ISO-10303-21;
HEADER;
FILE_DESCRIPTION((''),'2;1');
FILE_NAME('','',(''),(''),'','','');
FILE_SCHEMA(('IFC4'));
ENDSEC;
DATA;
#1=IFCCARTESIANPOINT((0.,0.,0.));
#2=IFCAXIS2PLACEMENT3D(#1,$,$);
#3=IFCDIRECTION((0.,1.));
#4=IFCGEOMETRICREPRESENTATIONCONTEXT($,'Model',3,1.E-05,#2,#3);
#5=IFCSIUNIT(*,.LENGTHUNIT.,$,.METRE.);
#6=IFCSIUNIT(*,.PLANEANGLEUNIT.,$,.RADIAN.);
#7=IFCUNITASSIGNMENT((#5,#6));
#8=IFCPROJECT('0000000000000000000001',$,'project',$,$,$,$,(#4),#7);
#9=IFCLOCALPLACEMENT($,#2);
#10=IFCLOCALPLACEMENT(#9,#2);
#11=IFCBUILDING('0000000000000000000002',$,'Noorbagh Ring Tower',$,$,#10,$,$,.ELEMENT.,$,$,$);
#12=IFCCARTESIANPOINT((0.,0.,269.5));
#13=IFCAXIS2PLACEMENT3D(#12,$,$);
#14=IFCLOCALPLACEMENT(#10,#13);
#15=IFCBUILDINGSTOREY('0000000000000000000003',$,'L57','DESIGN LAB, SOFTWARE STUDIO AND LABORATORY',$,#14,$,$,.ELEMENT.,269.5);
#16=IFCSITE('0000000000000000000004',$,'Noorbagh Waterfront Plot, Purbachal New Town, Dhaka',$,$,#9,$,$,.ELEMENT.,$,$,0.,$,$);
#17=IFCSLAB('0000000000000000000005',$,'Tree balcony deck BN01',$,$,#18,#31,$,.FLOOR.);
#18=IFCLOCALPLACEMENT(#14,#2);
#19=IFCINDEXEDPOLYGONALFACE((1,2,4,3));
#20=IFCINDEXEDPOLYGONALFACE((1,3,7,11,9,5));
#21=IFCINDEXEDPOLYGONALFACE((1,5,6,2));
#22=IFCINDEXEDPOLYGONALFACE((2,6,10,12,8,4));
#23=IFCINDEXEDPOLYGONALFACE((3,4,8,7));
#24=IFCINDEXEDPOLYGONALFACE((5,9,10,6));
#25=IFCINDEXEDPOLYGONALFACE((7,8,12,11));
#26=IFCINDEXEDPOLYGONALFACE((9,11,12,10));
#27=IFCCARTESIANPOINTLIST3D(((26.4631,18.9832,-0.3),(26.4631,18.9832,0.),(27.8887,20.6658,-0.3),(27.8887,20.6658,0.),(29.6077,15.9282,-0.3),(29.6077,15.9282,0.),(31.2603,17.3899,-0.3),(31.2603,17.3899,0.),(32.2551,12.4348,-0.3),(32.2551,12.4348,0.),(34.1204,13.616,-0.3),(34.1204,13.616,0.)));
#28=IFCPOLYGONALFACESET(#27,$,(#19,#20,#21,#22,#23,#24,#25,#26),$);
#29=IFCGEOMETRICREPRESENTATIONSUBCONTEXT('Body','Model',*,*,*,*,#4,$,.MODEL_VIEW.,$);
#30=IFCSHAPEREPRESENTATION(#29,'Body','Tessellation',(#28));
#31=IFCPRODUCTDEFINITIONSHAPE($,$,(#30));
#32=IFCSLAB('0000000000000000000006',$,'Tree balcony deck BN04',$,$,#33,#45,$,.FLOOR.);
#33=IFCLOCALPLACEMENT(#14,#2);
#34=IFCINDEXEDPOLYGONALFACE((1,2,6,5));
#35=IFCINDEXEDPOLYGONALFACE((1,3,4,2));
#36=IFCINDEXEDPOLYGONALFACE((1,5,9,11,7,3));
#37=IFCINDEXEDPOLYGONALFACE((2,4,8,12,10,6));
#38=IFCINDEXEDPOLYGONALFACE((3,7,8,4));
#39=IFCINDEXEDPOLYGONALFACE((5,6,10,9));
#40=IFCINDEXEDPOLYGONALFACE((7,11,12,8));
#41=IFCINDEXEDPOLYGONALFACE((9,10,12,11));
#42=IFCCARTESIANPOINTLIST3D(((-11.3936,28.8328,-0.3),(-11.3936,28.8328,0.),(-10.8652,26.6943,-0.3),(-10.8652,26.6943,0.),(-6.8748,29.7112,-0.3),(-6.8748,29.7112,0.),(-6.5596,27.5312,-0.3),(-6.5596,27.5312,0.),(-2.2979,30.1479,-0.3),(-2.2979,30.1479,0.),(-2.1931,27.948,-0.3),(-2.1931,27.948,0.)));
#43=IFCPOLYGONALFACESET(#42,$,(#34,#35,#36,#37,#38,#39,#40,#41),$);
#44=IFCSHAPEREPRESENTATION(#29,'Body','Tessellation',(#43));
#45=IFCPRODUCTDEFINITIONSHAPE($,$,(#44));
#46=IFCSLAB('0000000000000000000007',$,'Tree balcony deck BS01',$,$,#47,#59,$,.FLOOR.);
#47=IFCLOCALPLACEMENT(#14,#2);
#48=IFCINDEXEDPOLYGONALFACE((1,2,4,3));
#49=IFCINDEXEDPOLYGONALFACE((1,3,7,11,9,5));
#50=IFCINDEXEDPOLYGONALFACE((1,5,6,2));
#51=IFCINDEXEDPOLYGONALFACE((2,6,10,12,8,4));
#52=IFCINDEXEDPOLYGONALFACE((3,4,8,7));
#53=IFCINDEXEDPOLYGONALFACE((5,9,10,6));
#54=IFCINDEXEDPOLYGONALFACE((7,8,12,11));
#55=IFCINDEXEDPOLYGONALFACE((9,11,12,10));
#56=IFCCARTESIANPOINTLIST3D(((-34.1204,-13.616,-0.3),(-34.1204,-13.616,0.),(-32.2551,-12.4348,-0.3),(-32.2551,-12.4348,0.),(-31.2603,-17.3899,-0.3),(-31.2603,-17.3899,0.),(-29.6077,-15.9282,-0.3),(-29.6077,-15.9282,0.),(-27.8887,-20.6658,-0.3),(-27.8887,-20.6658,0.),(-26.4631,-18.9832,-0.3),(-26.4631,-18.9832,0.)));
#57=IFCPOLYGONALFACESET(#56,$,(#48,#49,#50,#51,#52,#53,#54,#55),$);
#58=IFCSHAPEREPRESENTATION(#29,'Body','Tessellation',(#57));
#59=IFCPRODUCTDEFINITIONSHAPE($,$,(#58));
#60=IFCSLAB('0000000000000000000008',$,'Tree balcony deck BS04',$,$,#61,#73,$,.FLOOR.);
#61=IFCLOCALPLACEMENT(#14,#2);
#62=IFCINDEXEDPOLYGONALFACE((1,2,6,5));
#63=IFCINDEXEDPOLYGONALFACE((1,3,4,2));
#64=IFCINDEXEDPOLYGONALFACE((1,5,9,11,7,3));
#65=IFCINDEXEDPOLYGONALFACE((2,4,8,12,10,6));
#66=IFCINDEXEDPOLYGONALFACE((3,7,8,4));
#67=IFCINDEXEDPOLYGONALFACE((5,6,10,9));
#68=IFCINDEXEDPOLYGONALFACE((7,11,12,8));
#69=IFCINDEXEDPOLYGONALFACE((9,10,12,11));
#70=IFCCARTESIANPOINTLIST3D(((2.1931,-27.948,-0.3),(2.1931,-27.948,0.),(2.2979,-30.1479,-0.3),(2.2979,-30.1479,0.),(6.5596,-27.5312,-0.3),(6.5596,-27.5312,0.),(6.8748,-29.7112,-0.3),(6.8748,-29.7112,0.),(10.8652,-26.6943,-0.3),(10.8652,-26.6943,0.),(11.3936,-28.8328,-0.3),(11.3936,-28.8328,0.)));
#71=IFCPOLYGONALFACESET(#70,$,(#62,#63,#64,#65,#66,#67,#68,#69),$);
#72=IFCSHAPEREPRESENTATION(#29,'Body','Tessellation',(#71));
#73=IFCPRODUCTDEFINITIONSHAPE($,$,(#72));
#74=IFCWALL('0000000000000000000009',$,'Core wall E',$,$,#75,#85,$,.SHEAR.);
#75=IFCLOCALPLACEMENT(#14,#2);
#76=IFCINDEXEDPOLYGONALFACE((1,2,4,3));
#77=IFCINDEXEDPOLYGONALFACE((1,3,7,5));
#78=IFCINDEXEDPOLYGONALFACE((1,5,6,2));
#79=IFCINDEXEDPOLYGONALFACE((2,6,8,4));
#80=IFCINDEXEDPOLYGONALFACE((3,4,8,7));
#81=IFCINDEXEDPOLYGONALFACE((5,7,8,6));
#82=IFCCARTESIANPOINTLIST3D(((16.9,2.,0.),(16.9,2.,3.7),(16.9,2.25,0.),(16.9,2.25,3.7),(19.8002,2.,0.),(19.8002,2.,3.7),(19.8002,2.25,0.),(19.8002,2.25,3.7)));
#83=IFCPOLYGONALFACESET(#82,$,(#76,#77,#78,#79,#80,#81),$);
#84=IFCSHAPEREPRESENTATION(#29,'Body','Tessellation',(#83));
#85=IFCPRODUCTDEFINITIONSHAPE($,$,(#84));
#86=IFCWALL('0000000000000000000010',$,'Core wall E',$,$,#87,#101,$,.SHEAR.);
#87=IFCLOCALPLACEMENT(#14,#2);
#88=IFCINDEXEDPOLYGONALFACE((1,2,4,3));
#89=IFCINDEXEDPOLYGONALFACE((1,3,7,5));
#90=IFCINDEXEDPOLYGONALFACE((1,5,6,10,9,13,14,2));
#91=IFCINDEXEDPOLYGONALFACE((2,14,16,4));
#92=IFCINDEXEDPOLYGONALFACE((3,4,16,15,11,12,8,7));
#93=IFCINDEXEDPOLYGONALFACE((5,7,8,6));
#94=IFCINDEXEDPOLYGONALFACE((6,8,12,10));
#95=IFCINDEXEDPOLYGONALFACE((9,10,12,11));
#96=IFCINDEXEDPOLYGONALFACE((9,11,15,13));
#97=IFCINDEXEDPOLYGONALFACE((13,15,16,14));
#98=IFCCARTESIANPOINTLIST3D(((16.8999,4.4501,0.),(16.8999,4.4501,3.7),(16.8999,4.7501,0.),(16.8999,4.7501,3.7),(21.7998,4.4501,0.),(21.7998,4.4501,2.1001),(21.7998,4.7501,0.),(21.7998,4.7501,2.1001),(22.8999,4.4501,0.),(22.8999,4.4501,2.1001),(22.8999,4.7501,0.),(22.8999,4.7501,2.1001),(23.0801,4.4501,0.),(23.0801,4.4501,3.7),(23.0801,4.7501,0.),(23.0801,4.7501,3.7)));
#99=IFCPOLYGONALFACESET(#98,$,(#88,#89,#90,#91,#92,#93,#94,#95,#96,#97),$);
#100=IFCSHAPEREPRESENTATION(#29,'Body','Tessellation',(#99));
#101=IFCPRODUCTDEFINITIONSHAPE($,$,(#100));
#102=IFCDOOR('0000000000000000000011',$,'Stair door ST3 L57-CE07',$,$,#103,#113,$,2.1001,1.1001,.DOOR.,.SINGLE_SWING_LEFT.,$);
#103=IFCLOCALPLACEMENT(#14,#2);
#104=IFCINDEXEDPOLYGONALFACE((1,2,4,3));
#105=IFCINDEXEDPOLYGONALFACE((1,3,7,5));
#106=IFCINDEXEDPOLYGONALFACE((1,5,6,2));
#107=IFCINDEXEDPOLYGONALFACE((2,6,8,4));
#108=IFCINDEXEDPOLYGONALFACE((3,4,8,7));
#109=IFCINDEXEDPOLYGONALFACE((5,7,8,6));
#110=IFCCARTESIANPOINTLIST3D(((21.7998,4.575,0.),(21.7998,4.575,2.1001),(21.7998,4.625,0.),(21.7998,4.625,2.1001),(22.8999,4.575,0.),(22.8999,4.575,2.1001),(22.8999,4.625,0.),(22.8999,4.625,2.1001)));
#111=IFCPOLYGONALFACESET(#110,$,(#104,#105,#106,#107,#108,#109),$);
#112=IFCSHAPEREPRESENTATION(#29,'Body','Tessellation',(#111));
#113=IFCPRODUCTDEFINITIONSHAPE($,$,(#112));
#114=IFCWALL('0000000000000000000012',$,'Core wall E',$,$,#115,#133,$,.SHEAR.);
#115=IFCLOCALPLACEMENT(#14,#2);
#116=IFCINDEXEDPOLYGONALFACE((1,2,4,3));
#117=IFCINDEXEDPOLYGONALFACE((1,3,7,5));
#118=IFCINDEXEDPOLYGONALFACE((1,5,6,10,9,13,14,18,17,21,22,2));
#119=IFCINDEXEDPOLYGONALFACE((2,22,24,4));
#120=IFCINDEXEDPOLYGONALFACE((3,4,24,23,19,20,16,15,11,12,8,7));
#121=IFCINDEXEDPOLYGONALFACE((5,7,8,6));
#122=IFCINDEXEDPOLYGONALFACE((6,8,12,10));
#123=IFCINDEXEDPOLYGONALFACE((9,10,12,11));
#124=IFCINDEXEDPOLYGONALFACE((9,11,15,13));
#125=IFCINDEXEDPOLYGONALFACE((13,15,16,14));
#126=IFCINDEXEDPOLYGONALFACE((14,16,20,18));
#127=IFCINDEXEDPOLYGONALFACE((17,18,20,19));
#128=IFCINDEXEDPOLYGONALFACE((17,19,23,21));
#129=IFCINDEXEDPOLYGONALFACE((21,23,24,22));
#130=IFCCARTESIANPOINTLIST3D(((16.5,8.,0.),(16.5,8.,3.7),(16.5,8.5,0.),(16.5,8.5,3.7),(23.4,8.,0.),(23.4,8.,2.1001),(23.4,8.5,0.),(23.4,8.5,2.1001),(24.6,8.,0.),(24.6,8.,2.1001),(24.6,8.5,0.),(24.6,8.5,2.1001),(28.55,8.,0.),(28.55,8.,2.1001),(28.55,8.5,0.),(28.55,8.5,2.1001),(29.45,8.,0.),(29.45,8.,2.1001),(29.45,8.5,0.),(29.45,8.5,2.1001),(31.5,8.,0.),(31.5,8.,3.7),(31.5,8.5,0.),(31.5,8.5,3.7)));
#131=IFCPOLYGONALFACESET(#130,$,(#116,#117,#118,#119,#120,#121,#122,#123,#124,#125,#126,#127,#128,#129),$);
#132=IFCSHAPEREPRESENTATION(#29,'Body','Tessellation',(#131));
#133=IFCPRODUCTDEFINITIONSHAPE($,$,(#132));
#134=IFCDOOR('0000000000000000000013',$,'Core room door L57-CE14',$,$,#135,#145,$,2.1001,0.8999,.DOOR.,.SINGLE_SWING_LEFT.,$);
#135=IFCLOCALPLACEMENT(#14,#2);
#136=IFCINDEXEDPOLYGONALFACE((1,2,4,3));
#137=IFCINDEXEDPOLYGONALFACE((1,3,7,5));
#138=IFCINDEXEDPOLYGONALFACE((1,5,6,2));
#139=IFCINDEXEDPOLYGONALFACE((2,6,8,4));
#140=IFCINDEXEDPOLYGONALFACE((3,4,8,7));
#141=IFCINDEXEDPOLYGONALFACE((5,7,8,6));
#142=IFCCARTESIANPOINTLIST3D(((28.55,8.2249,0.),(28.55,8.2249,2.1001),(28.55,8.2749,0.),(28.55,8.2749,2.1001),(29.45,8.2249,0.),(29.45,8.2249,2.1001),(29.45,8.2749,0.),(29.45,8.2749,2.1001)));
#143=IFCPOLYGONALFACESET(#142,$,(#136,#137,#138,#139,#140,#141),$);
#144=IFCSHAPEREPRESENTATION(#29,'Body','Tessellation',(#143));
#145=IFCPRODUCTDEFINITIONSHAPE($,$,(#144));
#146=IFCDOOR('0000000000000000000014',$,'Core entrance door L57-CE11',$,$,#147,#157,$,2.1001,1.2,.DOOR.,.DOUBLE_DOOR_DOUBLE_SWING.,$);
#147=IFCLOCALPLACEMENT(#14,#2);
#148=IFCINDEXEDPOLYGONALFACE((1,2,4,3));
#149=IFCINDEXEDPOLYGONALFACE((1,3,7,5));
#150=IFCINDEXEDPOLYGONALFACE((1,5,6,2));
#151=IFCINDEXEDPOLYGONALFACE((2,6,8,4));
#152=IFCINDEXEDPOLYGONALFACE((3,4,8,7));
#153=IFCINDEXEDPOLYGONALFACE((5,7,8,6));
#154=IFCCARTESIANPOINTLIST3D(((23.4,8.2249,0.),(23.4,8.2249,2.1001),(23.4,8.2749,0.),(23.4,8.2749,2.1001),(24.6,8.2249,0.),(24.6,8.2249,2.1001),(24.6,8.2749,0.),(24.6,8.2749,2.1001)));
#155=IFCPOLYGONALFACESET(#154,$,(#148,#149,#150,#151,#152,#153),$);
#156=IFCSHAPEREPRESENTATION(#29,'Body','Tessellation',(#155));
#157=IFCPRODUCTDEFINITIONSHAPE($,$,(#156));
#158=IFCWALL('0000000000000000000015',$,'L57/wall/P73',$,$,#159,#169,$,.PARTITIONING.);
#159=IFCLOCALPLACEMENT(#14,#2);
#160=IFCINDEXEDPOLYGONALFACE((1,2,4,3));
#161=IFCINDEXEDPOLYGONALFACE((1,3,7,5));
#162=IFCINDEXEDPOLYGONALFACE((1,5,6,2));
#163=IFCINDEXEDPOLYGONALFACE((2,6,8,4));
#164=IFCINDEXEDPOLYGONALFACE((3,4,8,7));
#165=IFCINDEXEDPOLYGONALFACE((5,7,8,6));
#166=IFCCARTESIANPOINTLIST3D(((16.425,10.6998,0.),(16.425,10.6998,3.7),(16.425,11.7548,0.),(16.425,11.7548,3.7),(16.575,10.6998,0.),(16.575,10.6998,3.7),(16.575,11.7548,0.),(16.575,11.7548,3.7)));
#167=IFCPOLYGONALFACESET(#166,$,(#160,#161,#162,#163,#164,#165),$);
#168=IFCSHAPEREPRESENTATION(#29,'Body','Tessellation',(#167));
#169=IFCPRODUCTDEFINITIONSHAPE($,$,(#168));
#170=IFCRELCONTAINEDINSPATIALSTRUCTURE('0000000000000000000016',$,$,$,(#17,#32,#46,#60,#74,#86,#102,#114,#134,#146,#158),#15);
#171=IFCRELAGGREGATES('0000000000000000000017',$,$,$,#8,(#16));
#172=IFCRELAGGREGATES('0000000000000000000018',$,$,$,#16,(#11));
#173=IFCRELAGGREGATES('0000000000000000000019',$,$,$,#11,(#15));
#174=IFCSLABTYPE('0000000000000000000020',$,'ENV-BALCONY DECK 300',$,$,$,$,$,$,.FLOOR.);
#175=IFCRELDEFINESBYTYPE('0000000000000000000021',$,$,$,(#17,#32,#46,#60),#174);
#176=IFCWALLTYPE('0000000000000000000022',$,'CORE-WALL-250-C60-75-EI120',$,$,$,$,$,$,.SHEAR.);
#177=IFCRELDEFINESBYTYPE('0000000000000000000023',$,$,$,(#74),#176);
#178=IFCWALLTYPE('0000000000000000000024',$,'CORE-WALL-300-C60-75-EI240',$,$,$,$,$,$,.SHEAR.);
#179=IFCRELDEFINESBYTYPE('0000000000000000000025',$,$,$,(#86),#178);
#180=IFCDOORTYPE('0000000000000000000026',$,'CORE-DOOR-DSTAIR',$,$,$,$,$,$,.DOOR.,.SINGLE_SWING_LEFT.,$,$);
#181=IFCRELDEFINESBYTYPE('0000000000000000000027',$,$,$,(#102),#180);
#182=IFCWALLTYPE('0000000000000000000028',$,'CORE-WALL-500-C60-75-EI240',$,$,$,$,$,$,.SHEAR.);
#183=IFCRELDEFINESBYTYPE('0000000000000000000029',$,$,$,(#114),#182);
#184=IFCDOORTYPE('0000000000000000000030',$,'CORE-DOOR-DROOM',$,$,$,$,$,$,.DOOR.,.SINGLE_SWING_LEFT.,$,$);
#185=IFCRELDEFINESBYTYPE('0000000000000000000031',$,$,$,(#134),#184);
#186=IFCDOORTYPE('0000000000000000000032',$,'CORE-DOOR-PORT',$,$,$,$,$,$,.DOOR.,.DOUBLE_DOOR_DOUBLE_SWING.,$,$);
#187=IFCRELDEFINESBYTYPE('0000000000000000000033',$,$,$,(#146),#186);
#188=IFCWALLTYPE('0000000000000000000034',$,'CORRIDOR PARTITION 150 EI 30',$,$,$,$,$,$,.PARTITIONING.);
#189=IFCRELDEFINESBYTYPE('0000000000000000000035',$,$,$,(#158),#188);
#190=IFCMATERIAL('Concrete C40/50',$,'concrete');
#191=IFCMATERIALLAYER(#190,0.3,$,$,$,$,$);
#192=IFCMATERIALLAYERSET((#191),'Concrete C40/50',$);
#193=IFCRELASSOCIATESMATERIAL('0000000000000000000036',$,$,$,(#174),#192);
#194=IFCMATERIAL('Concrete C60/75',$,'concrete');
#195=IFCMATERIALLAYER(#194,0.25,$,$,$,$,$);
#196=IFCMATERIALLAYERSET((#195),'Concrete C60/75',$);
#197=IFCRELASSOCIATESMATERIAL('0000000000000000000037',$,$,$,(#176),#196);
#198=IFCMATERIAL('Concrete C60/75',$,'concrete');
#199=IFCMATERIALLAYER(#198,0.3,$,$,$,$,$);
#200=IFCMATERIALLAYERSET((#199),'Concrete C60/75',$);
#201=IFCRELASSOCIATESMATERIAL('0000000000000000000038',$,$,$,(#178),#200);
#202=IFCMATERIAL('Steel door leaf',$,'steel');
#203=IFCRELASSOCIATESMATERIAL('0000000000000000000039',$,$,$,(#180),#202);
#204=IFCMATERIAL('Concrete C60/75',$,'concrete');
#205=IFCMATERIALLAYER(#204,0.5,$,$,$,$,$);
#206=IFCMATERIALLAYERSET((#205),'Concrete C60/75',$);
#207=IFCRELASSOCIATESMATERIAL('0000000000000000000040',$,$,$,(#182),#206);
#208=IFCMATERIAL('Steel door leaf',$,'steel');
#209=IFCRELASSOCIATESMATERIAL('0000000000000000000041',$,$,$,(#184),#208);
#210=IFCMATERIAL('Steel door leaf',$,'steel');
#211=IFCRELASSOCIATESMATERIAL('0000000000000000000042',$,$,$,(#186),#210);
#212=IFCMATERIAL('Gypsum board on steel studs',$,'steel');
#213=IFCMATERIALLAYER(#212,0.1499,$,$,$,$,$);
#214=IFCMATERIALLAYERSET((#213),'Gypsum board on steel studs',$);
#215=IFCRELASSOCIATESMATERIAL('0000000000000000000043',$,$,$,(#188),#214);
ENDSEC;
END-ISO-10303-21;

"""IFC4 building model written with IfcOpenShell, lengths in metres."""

from ifc_helpers import new_model, si_unit, direction, frame, frame_2d, origin, place, context, subcontext, project, spatial, polyline, rectangle, outline, extrude, material, layer, layer_set, type_object, element, fill, save


model = new_model("IFC4")

# Units and contexts
model_context = context("Model", 3, precision=1e-05, world=origin(), true_north=direction((0.0, 1.0)))
body_context = subcontext(model_context, "Body", "Model", "MODEL_VIEW")
ifc_project = project(units=[si_unit("LENGTHUNIT", "METRE"), si_unit("PLANEANGLEUNIT", "RADIAN")], contexts=[model_context])

# Site, building, storey
site_placement = place(None, origin())
site = spatial("IfcSite", under=ifc_project, at=site_placement, Name="Noorbagh Waterfront Plot, Purbachal New Town, Dhaka", CompositionType="ELEMENT", RefElevation=0.0)
building_placement = place(site_placement, origin())
building = spatial("IfcBuilding", under=site, at=building_placement, Name="Noorbagh Ring Tower", CompositionType="ELEMENT")
storey_placement = place(building_placement, frame((0.0, 0.0, 269.5)))
storey = spatial("IfcBuildingStorey", under=building, at=storey_placement, Name="L57", Description="DESIGN LAB, SOFTWARE STUDIO AND LABORATORY", CompositionType="ELEMENT", Elevation=269.5)

# Slabs
ifc_material_1 = material(Name="Concrete C40/50", Category="concrete")
ifc_layer_1 = layer(ifc_material_1, 0.3)
ifc_layer_set_1 = layer_set([ifc_layer_1], Name="Concrete C40/50")
slab_type = type_object("IfcSlabType", Name="ENV-BALCONY DECK 300", PredefinedType="FLOOR", material=ifc_layer_set_1)
slab_1_placement = place(storey_placement, frame((0.0, 0.0, -0.3)))
element("IfcSlab", 1, at=slab_1_placement, inside=storey, type_object=slab_type, Name="Tree balcony deck BN01", PredefinedType="FLOOR", context=body_context, shape_type="SweptSolid", body=[
    extrude(outline(polyline([(34.1204, 13.616), (31.2603, 17.3899), (27.8887, 20.6658), (26.4631, 18.9832), (29.6077, 15.9282), (32.2551, 12.4348), (34.1204, 13.616)])), origin(), (0.0, 0.0, 1.0), 0.3),
])
slab_2_placement = place(storey_placement, frame((0.0, 0.0, -0.3)))
element("IfcSlab", 2, at=slab_2_placement, inside=storey, type_object=slab_type, Name="Tree balcony deck BN04", PredefinedType="FLOOR", context=body_context, shape_type="SweptSolid", body=[
    extrude(outline(polyline([(-2.2979, 30.1479), (-6.8748, 29.7112), (-11.3936, 28.8328), (-10.8652, 26.6943), (-6.5596, 27.5312), (-2.1931, 27.948), (-2.2979, 30.1479)])), origin(), (0.0, 0.0, 1.0), 0.3),
])
slab_3_placement = place(storey_placement, frame((0.0, 0.0, -0.3)))
element("IfcSlab", 3, at=slab_3_placement, inside=storey, type_object=slab_type, Name="Tree balcony deck BS01", PredefinedType="FLOOR", context=body_context, shape_type="SweptSolid", body=[
    extrude(outline(polyline([(-34.1204, -13.616), (-31.2603, -17.3899), (-27.8887, -20.6658), (-26.4631, -18.9832), (-29.6077, -15.9282), (-32.2551, -12.4348), (-34.1204, -13.616)])), origin(), (0.0, 0.0, 1.0), 0.3),
])
slab_4_placement = place(storey_placement, frame((0.0, 0.0, -0.3)))
element("IfcSlab", 4, at=slab_4_placement, inside=storey, type_object=slab_type, Name="Tree balcony deck BS04", PredefinedType="FLOOR", context=body_context, shape_type="SweptSolid", body=[
    extrude(outline(polyline([(2.2979, -30.1479), (6.8748, -29.7112), (11.3936, -28.8328), (10.8652, -26.6943), (6.5596, -27.5312), (2.1931, -27.948), (2.2979, -30.1479)])), origin(), (0.0, 0.0, 1.0), 0.3),
])

# Wall
ifc_material_2 = material(Name="Concrete C60/75", Category="concrete")
ifc_layer_2 = layer(ifc_material_2, 0.25)
ifc_layer_set_2 = layer_set([ifc_layer_2], Name="Concrete C60/75")
wall_type_1 = type_object("IfcWallType", Name="CORE-WALL-250-C60-75-EI120", PredefinedType="SHEAR", material=ifc_layer_set_2)
wall_1_placement = place(storey_placement, frame((16.8999, 2.125, 0.0), z_axis=(0.0, 0.0, 1.0), x_axis=(1.0, 0.0, 0.0)))
element("IfcWall", 5, at=wall_1_placement, inside=storey, type_object=wall_type_1, Name="Core wall E", PredefinedType="SHEAR", context=body_context, shape_type="SweptSolid", body=[
    extrude(rectangle(XDim=2.9001, YDim=0.25, at=frame_2d((1.4502, 0.0))), origin(), (0.0, 0.0, 1.0), 3.7),
])

# Wall, opening, door
ifc_material_3 = material(Name="Concrete C60/75", Category="concrete")
ifc_layer_3 = layer(ifc_material_3, 0.3)
ifc_layer_set_3 = layer_set([ifc_layer_3], Name="Concrete C60/75")
wall_type_2 = type_object("IfcWallType", Name="CORE-WALL-300-C60-75-EI240", PredefinedType="SHEAR", material=ifc_layer_set_3)
wall_2_placement = place(storey_placement, frame((16.8999, 4.6001, 0.0), z_axis=(0.0, 0.0, 1.0), x_axis=(1.0, 0.0, 0.0)))
wall_2 = element("IfcWall", 6, at=wall_2_placement, inside=storey, type_object=wall_type_2, Name="Core wall E", PredefinedType="SHEAR", context=body_context, shape_type="SweptSolid", body=[
    extrude(rectangle(XDim=6.1802, YDim=0.3, at=frame_2d((3.0901, 0.0))), origin(), (0.0, 0.0, 1.0), 3.7),
])
opening_1_placement = place(wall_2_placement, frame((4.8999, 0.0, 0.0)))
opening_1 = element("IfcOpeningElement", 7, at=opening_1_placement, cuts=wall_2, PredefinedType="OPENING", context=body_context, shape_type="SweptSolid", body=[
    extrude(rectangle(XDim=1.1001, YDim=2.1001, at=frame_2d((0.55, 1.05))), frame((0.0, 0.1602, 0.0), z_axis=(0.0, -1.0, 0.0), x_axis=(1.0, 0.0, 0.0)), (0.0, 0.0, 1.0), 0.3201),
])
ifc_material_4 = material(Name="Steel door leaf", Category="steel")
door_type_1 = type_object("IfcDoorType", Name="CORE-DOOR-DSTAIR", OperationType="SINGLE_SWING_LEFT", PredefinedType="DOOR", material=ifc_material_4)
door_1_placement = place(opening_1_placement, origin())
door_1 = element("IfcDoor", 8, at=door_1_placement, inside=storey, type_object=door_type_1, Name="Stair door ST3 L57-CE07", OperationType="SINGLE_SWING_LEFT", OverallHeight=2.1001, OverallWidth=1.1001, PredefinedType="DOOR", context=body_context, shape_type="SweptSolid", body=[
    extrude(rectangle(XDim=1.1001, YDim=2.1001, at=frame_2d((0.55, 1.05))), frame((0.0, 0.0249, 0.0), z_axis=(0.0, -1.0, 0.0), x_axis=(1.0, 0.0, 0.0)), (0.0, 0.0, 1.0), 0.05),
])
fill(opening_1, door_1)

# Wall, openings, doors
ifc_material_5 = material(Name="Concrete C60/75", Category="concrete")
ifc_layer_4 = layer(ifc_material_5, 0.5)
ifc_layer_set_4 = layer_set([ifc_layer_4], Name="Concrete C60/75")
wall_type_3 = type_object("IfcWallType", Name="CORE-WALL-500-C60-75-EI240", PredefinedType="SHEAR", material=ifc_layer_set_4)
wall_3_placement = place(storey_placement, frame((16.5, 8.25, 0.0), z_axis=(0.0, 0.0, 1.0), x_axis=(1.0, 0.0, 0.0)))
wall_3 = element("IfcWall", 9, at=wall_3_placement, inside=storey, type_object=wall_type_3, Name="Core wall E", PredefinedType="SHEAR", context=body_context, shape_type="SweptSolid", body=[
    extrude(rectangle(XDim=15.0, YDim=0.5, at=frame_2d((7.5, 0.0))), origin(), (0.0, 0.0, 1.0), 3.7),
])
opening_2_placement = place(wall_3_placement, frame((6.8999, 0.0, 0.0)))
opening_2 = element("IfcOpeningElement", 10, at=opening_2_placement, cuts=wall_3, PredefinedType="OPENING", context=body_context, shape_type="SweptSolid", body=[
    extrude(rectangle(XDim=1.2, YDim=2.1001, at=frame_2d((0.6001, 1.05))), frame((0.0, 0.26, 0.0), z_axis=(0.0, -1.0, 0.0), x_axis=(1.0, 0.0, 0.0)), (0.0, 0.0, 1.0), 0.52),
])
opening_3_placement = place(wall_3_placement, frame((12.05, 0.0, 0.0)))
opening_3 = element("IfcOpeningElement", 11, at=opening_3_placement, cuts=wall_3, PredefinedType="OPENING", context=body_context, shape_type="SweptSolid", body=[
    extrude(rectangle(XDim=0.8999, YDim=2.1001, at=frame_2d((0.45, 1.05))), frame((0.0, 0.26, 0.0), z_axis=(0.0, -1.0, 0.0), x_axis=(1.0, 0.0, 0.0)), (0.0, 0.0, 1.0), 0.52),
])
ifc_material_6 = material(Name="Steel door leaf", Category="steel")
door_type_2 = type_object("IfcDoorType", Name="CORE-DOOR-DROOM", OperationType="SINGLE_SWING_LEFT", PredefinedType="DOOR", material=ifc_material_6)
door_2_placement = place(opening_3_placement, origin())
door_2 = element("IfcDoor", 12, at=door_2_placement, inside=storey, type_object=door_type_2, Name="Core room door L57-CE14", OperationType="SINGLE_SWING_LEFT", OverallHeight=2.1001, OverallWidth=0.8999, PredefinedType="DOOR", context=body_context, shape_type="SweptSolid", body=[
    extrude(rectangle(XDim=0.8999, YDim=2.1001, at=frame_2d((0.45, 1.05))), frame((0.0, 0.0249, 0.0), z_axis=(0.0, -1.0, 0.0), x_axis=(1.0, 0.0, 0.0)), (0.0, 0.0, 1.0), 0.05),
])
fill(opening_3, door_2)
ifc_material_7 = material(Name="Steel door leaf", Category="steel")
door_type_3 = type_object("IfcDoorType", Name="CORE-DOOR-PORT", OperationType="DOUBLE_DOOR_DOUBLE_SWING", PredefinedType="DOOR", material=ifc_material_7)
door_3_placement = place(opening_2_placement, origin())
door_3 = element("IfcDoor", 13, at=door_3_placement, inside=storey, type_object=door_type_3, Name="Core entrance door L57-CE11", OperationType="DOUBLE_DOOR_DOUBLE_SWING", OverallHeight=2.1001, OverallWidth=1.2, PredefinedType="DOOR", context=body_context, shape_type="SweptSolid", body=[
    extrude(rectangle(XDim=1.2, YDim=2.1001, at=frame_2d((0.6001, 1.05))), frame((0.0, 0.0249, 0.0), z_axis=(0.0, -1.0, 0.0), x_axis=(1.0, 0.0, 0.0)), (0.0, 0.0, 1.0), 0.05),
])
fill(opening_2, door_3)

# Wall
ifc_material_8 = material(Name="Gypsum board on steel studs", Category="steel")
ifc_layer_5 = layer(ifc_material_8, 0.1499)
ifc_layer_set_5 = layer_set([ifc_layer_5], Name="Gypsum board on steel studs")
wall_type_4 = type_object("IfcWallType", Name="CORRIDOR PARTITION 150 EI 30", PredefinedType="PARTITIONING", material=ifc_layer_set_5)
wall_4_placement = place(storey_placement, frame((16.5, 10.7, 0.0), z_axis=(0.0, 0.0, 1.0), x_axis=(0.0, 1.0, 0.0)))
element("IfcWall", 14, at=wall_4_placement, inside=storey, type_object=wall_type_4, Name="L57/wall/P73", PredefinedType="PARTITIONING", context=body_context, shape_type="SweptSolid", body=[
    extrude(rectangle(XDim=1.0549, YDim=0.1499, at=frame_2d((0.5273, 0.0))), origin(), (0.0, 0.0, 1.0), 3.7),
])

save(model, "model.ifc")
